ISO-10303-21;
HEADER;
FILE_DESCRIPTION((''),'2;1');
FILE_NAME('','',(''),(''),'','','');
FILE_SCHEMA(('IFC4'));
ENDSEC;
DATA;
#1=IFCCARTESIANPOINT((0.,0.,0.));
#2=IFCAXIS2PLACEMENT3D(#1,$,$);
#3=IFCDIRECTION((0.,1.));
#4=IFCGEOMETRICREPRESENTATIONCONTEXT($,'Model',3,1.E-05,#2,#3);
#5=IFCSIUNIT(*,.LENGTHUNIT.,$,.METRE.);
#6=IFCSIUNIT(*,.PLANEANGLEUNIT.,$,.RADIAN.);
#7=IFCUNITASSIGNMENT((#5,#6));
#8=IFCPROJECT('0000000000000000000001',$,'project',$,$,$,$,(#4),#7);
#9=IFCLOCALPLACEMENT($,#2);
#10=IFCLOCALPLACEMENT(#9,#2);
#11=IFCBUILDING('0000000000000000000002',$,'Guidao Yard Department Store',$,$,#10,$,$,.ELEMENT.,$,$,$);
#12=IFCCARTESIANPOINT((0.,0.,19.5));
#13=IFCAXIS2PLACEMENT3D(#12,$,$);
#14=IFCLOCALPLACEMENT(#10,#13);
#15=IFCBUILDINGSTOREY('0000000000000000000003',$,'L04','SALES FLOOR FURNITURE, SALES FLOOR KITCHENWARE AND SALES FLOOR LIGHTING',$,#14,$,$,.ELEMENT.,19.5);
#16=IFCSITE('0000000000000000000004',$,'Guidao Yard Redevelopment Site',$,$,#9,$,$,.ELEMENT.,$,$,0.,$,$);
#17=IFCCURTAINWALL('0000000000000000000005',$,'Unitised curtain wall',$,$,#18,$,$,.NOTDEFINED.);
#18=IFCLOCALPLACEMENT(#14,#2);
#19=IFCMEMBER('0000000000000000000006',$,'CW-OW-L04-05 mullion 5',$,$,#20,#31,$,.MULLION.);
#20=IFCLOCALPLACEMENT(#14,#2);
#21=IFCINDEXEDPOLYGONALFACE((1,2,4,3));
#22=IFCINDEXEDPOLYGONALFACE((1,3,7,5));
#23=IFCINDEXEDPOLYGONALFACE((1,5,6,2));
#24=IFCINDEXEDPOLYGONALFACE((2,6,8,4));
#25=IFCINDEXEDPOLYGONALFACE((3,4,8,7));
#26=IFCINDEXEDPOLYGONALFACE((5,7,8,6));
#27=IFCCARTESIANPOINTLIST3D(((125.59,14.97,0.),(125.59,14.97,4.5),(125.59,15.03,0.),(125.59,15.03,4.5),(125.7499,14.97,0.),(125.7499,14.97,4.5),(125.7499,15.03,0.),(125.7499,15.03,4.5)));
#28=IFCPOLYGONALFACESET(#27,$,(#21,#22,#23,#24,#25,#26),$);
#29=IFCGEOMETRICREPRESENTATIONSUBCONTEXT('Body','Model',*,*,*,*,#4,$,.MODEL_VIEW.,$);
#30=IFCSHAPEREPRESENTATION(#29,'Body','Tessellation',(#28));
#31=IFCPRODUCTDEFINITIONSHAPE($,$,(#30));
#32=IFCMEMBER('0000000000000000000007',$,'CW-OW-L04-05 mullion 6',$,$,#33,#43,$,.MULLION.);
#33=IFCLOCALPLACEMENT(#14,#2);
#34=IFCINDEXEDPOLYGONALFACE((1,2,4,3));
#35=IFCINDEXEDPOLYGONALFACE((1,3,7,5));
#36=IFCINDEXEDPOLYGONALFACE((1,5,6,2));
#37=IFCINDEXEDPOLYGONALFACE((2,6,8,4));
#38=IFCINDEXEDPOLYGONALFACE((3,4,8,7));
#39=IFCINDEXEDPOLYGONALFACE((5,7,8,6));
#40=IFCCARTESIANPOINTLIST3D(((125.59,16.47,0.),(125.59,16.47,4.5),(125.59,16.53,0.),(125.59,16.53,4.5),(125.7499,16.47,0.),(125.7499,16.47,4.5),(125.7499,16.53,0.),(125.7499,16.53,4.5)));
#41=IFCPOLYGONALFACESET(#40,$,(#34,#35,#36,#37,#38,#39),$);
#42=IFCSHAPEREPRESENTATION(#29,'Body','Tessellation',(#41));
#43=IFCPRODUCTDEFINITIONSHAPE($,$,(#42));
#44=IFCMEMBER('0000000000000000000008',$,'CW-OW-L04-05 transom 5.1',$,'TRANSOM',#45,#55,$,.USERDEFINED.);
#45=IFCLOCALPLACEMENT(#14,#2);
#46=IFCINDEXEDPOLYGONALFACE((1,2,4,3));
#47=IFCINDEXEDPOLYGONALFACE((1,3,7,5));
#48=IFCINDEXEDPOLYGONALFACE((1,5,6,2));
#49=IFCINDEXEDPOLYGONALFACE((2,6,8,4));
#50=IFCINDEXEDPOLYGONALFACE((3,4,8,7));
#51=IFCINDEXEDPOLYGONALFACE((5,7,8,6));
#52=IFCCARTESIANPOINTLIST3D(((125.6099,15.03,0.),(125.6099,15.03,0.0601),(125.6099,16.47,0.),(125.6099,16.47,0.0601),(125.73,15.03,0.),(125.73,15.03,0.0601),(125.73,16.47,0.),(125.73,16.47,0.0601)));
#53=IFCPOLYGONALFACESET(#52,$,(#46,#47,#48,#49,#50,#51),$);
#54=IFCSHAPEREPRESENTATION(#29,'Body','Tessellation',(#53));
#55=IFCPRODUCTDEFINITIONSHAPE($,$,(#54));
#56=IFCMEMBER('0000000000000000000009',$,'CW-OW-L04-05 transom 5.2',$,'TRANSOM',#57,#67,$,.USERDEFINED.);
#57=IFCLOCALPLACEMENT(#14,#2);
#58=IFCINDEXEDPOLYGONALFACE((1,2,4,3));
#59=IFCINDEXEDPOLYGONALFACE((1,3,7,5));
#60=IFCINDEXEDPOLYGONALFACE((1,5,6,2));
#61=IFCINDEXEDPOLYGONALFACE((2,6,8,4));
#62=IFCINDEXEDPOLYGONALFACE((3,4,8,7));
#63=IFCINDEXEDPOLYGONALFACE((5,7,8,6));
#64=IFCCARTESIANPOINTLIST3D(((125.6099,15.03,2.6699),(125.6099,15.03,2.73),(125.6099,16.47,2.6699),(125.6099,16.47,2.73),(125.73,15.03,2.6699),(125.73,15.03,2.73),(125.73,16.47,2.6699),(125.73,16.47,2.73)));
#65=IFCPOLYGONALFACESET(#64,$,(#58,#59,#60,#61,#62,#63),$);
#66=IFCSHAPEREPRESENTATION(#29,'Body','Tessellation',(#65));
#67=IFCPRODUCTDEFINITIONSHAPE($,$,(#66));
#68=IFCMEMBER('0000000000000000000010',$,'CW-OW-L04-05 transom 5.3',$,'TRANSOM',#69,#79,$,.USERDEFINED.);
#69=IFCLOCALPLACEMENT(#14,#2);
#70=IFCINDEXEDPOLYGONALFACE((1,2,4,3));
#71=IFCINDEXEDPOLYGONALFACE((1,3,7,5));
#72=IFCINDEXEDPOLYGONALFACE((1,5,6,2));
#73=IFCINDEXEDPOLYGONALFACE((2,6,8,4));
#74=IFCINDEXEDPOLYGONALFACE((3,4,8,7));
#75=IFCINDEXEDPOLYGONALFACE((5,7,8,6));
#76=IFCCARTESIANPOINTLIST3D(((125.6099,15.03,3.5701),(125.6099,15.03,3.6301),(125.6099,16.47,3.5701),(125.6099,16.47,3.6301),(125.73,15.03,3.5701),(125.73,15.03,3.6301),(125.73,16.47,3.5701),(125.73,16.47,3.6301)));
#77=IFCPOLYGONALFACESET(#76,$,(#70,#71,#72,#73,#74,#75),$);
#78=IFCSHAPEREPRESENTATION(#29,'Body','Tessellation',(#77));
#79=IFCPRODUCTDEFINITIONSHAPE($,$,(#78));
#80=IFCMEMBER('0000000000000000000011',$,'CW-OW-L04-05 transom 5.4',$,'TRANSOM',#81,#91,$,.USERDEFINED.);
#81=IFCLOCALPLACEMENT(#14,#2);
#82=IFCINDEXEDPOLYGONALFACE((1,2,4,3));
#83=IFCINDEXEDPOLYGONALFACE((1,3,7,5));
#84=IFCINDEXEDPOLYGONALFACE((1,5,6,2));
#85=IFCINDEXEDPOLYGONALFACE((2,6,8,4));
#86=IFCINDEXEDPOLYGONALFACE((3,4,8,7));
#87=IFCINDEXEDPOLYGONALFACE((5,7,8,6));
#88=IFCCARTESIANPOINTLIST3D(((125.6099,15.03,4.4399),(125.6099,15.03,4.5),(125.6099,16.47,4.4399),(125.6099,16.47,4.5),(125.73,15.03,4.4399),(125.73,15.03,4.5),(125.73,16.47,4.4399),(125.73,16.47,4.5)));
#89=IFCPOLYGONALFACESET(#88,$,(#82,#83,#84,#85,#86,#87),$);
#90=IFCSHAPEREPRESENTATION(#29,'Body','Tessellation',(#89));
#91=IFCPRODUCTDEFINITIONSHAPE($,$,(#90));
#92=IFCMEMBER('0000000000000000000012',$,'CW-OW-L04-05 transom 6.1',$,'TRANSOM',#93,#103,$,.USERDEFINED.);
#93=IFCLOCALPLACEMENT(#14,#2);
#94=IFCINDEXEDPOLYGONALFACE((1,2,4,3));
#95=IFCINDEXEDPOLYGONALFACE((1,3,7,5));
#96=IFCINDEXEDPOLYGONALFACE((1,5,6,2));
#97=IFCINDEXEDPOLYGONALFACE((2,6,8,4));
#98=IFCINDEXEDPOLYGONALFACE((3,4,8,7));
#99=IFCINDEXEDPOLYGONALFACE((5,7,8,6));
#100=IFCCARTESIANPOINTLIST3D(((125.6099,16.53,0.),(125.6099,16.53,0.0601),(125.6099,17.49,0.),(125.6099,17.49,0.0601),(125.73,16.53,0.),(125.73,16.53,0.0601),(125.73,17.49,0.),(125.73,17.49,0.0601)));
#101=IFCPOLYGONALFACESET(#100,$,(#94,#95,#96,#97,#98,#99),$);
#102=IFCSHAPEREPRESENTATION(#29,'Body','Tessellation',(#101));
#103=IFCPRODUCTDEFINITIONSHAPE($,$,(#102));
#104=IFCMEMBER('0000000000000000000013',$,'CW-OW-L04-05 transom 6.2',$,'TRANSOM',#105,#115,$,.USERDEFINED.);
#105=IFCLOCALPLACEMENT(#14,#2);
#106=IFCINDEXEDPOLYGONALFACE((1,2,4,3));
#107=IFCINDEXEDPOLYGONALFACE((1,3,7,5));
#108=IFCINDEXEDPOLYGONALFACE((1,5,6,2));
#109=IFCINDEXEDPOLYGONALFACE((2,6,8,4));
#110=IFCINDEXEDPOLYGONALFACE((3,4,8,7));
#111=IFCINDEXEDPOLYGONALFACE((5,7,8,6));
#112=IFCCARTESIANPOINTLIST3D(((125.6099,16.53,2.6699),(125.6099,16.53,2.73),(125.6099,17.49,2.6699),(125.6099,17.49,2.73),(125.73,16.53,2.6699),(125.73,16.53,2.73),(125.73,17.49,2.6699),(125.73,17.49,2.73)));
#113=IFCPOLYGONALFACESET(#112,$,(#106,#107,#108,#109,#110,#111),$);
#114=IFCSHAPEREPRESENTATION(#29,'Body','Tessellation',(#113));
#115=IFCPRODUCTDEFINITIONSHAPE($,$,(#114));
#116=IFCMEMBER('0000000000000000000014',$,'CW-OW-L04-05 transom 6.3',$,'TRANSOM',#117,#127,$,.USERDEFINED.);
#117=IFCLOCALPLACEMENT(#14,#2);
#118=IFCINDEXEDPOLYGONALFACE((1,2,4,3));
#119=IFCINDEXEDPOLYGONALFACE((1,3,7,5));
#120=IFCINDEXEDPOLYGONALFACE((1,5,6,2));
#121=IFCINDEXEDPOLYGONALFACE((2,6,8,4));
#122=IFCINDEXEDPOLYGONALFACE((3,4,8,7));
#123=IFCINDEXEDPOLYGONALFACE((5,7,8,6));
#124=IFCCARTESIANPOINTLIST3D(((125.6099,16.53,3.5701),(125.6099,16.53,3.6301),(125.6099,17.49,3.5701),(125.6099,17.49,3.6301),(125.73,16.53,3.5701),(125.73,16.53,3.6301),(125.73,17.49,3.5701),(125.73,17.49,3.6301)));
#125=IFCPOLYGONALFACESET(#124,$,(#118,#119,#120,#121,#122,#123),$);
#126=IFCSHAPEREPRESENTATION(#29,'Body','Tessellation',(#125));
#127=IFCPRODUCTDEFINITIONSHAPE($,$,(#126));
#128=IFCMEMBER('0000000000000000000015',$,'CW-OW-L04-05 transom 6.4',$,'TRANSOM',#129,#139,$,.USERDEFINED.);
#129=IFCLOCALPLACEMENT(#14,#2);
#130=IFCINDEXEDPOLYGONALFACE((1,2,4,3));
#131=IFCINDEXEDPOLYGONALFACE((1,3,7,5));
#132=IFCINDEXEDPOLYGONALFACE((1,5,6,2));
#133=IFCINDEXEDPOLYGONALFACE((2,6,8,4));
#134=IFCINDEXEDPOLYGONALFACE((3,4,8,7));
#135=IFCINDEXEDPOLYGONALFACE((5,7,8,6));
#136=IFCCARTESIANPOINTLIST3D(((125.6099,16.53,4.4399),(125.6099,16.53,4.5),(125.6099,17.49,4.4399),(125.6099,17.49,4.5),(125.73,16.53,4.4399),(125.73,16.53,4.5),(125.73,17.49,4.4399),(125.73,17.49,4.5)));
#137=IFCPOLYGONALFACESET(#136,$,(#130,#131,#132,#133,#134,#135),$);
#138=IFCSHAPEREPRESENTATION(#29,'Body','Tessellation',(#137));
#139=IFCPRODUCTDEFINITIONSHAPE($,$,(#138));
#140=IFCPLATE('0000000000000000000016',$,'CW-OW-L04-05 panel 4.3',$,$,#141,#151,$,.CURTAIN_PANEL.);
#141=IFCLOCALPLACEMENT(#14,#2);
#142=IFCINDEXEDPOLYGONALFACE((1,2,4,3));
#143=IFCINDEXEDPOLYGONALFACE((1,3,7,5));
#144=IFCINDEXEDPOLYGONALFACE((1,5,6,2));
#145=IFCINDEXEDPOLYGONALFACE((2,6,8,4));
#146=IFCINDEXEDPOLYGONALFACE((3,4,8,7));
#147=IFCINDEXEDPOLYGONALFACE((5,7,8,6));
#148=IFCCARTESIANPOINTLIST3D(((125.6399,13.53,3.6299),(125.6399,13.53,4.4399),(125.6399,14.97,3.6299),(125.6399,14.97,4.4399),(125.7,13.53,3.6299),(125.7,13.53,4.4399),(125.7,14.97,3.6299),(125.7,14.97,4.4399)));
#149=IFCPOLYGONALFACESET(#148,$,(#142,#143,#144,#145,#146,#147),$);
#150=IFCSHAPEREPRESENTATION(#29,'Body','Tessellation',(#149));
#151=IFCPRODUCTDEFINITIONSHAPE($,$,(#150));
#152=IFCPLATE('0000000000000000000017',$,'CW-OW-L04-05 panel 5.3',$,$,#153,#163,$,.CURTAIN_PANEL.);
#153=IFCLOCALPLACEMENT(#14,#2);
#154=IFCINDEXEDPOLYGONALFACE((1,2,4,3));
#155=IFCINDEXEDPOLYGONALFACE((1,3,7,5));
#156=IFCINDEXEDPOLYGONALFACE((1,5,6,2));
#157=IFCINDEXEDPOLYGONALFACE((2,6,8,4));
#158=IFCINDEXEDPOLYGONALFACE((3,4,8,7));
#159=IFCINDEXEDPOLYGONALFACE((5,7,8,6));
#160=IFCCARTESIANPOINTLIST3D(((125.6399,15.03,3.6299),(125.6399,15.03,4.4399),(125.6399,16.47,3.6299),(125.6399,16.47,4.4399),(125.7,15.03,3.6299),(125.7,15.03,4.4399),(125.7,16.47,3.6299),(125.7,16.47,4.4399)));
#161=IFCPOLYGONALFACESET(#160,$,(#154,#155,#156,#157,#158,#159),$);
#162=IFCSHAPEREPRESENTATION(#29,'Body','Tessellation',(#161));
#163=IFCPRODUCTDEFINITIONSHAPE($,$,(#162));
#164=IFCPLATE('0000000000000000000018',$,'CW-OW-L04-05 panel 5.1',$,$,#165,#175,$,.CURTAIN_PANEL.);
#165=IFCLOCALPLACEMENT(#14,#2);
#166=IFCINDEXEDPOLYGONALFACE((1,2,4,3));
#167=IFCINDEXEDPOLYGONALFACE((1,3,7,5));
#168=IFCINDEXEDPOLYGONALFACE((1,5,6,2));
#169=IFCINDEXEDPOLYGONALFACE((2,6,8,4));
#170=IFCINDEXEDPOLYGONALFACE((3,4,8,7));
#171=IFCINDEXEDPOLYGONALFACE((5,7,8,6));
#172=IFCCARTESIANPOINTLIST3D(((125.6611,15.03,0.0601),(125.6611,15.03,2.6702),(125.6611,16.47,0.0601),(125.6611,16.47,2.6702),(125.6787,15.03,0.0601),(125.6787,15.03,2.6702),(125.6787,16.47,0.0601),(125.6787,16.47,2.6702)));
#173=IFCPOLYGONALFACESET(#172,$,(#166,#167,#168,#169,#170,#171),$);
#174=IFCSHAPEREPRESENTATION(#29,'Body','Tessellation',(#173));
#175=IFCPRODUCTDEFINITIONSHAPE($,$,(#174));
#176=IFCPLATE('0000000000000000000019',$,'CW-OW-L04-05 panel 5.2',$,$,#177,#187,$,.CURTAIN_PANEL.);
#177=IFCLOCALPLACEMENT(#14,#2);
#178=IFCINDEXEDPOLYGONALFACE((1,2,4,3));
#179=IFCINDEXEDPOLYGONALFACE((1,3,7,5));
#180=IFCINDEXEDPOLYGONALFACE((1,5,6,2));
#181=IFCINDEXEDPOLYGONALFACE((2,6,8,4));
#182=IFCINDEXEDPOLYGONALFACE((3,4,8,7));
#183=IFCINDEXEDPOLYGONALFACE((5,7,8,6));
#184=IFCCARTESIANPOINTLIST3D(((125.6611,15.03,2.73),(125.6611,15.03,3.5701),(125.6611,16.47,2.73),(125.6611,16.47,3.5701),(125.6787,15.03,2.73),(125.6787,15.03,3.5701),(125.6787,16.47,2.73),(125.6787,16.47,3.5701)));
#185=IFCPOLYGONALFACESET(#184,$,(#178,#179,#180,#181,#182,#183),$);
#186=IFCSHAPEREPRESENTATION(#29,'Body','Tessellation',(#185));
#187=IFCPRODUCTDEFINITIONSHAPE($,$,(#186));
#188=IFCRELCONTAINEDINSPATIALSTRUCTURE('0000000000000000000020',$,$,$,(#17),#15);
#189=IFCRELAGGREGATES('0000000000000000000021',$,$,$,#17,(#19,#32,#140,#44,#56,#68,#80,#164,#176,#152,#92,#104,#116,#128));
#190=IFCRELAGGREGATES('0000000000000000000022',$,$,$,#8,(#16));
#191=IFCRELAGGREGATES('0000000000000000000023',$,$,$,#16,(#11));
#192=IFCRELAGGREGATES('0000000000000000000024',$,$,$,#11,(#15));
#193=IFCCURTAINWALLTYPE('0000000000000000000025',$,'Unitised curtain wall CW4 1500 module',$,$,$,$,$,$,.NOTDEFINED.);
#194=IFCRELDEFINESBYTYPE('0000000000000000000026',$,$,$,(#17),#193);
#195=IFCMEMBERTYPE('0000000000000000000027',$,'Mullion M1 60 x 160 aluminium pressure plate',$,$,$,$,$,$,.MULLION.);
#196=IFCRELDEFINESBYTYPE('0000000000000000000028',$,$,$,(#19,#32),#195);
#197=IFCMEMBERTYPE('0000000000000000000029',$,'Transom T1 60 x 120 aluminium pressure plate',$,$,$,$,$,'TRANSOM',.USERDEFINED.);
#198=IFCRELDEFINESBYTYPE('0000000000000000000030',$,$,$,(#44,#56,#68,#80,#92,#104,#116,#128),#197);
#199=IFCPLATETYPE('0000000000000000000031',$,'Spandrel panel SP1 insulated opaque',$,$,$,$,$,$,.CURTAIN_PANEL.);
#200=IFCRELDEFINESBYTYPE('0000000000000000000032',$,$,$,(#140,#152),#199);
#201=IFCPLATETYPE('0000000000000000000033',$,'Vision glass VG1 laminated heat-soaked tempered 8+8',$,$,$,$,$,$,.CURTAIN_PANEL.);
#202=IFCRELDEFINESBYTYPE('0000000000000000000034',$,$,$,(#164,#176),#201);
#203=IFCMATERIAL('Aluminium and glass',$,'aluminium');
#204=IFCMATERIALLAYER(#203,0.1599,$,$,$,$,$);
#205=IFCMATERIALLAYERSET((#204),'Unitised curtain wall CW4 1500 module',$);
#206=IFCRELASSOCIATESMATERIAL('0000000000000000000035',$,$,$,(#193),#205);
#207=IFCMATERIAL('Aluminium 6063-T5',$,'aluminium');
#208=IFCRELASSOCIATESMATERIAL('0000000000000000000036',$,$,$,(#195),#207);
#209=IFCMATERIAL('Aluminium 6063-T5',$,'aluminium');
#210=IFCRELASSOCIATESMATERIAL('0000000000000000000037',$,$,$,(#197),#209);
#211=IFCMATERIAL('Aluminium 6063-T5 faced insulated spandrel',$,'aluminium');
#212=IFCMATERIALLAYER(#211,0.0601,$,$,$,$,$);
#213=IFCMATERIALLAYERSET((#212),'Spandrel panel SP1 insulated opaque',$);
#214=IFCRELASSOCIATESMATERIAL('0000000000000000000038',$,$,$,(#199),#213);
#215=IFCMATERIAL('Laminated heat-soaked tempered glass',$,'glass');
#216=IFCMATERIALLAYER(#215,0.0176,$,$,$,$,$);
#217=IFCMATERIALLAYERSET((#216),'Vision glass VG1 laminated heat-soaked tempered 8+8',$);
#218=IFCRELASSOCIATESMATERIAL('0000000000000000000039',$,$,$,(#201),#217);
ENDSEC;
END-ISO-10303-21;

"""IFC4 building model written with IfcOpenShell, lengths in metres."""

from ifc_helpers import new_model, si_unit, direction, frame, origin, origin_2d, place, context, subcontext, project, spatial, rectangle, extrude, material, layer, layer_set, material_profile, profile_set, type_object, element, aggregate, save


model = new_model("IFC4")

# Units and contexts
model_context = context("Model", 3, precision=1e-05, world=origin(), true_north=direction((0.0, 1.0)))
body_context = subcontext(model_context, "Body", "Model", "MODEL_VIEW")
ifc_project = project(units=[si_unit("LENGTHUNIT", "METRE"), si_unit("PLANEANGLEUNIT", "RADIAN")], contexts=[model_context])

# Site, building, storey
site_placement = place(None, origin())
site = spatial("IfcSite", under=ifc_project, at=site_placement, Name="Guidao Yard Redevelopment Site", CompositionType="ELEMENT", RefElevation=0.0)
building_placement = place(site_placement, origin())
building = spatial("IfcBuilding", under=site, at=building_placement, Name="Guidao Yard Department Store", CompositionType="ELEMENT")
storey_placement = place(building_placement, frame((0.0, 0.0, 19.5)))
storey = spatial("IfcBuildingStorey", under=building, at=storey_placement, Name="L04", Description="SALES FLOOR FURNITURE, SALES FLOOR KITCHENWARE AND SALES FLOOR LIGHTING", CompositionType="ELEMENT", Elevation=19.5)

# Curtain wall, members, plates
ifc_material_1 = material(Name="Aluminium and glass", Category="aluminium")
ifc_layer_1 = layer(ifc_material_1, 0.1599)
ifc_layer_set_1 = layer_set([ifc_layer_1], Name="Unitised curtain wall CW4 1500 module")
curtain_wall_type = type_object("IfcCurtainWallType", Name="Unitised curtain wall CW4 1500 module", PredefinedType="NOTDEFINED", material=ifc_layer_set_1)
curtain_wall_placement = place(storey_placement, origin())
curtain_wall = element("IfcCurtainWall", 1, at=curtain_wall_placement, inside=storey, type_object=curtain_wall_type, Name="Unitised curtain wall", PredefinedType="NOTDEFINED")
ifc_material_2 = material(Name="Aluminium 6063-T5", Category="aluminium")
ifc_material_profile_1 = material_profile(ifc_material_2, rectangle(XDim=0.0601, YDim=0.1599, at=origin_2d()), Name="Mullion M1 60 x 160 aluminium pressure plate")
ifc_profile_set_1 = profile_set([ifc_material_profile_1], Name="Aluminium 6063-T5")
member_type_1 = type_object("IfcMemberType", Name="Mullion M1 60 x 160 aluminium pressure plate", PredefinedType="MULLION", material=ifc_profile_set_1)
member_1_placement = place(storey_placement, frame((125.6699, 15.0, 0.0), z_axis=(0.0, 0.0, 1.0), x_axis=(0.0, 1.0, 0.0)))
member_1 = element("IfcMember", 2, at=member_1_placement, type_object=member_type_1, Name="CW-OW-L04-05 mullion 5", PredefinedType="MULLION", context=body_context, shape_type="SweptSolid", body=[
    extrude(rectangle(XDim=0.0601, YDim=0.1599, at=origin_2d()), origin(), (0.0, 0.0, 1.0), 4.5),
])
member_2_placement = place(storey_placement, frame((125.6699, 16.5, 0.0), z_axis=(0.0, 0.0, 1.0), x_axis=(0.0, 1.0, 0.0)))
member_2 = element("IfcMember", 3, at=member_2_placement, type_object=member_type_1, Name="CW-OW-L04-05 mullion 6", PredefinedType="MULLION", context=body_context, shape_type="SweptSolid", body=[
    extrude(rectangle(XDim=0.0601, YDim=0.1599, at=origin_2d()), origin(), (0.0, 0.0, 1.0), 4.5),
])
ifc_material_3 = material(Name="Aluminium 6063-T5", Category="aluminium")
ifc_material_profile_2 = material_profile(ifc_material_3, rectangle(XDim=0.1201, YDim=0.0601, at=origin_2d()), Name="Transom T1 60 x 120 aluminium pressure plate")
ifc_profile_set_2 = profile_set([ifc_material_profile_2], Name="Aluminium 6063-T5")
member_type_2 = type_object("IfcMemberType", Name="Transom T1 60 x 120 aluminium pressure plate", ElementType="TRANSOM", PredefinedType="USERDEFINED", material=ifc_profile_set_2)
member_3_placement = place(storey_placement, frame((125.6699, 15.03, 0.03), z_axis=(0.0, 1.0, 0.0), x_axis=(-1.0, 0.0, 0.0)))
member_3 = element("IfcMember", 4, at=member_3_placement, type_object=member_type_2, Name="CW-OW-L04-05 transom 5.1", ObjectType="TRANSOM", PredefinedType="USERDEFINED", context=body_context, shape_type="SweptSolid", body=[
    extrude(rectangle(XDim=0.1201, YDim=0.0601, at=origin_2d()), origin(), (0.0, 0.0, 1.0), 1.4399),
])
member_4_placement = place(storey_placement, frame((125.6699, 15.03, 2.7), z_axis=(0.0, 1.0, 0.0), x_axis=(-1.0, 0.0, 0.0)))
member_4 = element("IfcMember", 5, at=member_4_placement, type_object=member_type_2, Name="CW-OW-L04-05 transom 5.2", ObjectType="TRANSOM", PredefinedType="USERDEFINED", context=body_context, shape_type="SweptSolid", body=[
    extrude(rectangle(XDim=0.1201, YDim=0.0601, at=origin_2d()), origin(), (0.0, 0.0, 1.0), 1.4399),
])
member_5_placement = place(storey_placement, frame((125.6699, 15.03, 3.6001), z_axis=(0.0, 1.0, 0.0), x_axis=(-1.0, 0.0, 0.0)))
member_5 = element("IfcMember", 6, at=member_5_placement, type_object=member_type_2, Name="CW-OW-L04-05 transom 5.3", ObjectType="TRANSOM", PredefinedType="USERDEFINED", context=body_context, shape_type="SweptSolid", body=[
    extrude(rectangle(XDim=0.1201, YDim=0.0601, at=origin_2d()), origin(), (0.0, 0.0, 1.0), 1.4399),
])
member_6_placement = place(storey_placement, frame((125.6699, 15.03, 4.47), z_axis=(0.0, 1.0, 0.0), x_axis=(-1.0, 0.0, 0.0)))
member_6 = element("IfcMember", 7, at=member_6_placement, type_object=member_type_2, Name="CW-OW-L04-05 transom 5.4", ObjectType="TRANSOM", PredefinedType="USERDEFINED", context=body_context, shape_type="SweptSolid", body=[
    extrude(rectangle(XDim=0.1201, YDim=0.0601, at=origin_2d()), origin(), (0.0, 0.0, 1.0), 1.4399),
])
member_7_placement = place(storey_placement, frame((125.6699, 16.53, 0.03), z_axis=(0.0, 1.0, 0.0), x_axis=(-1.0, 0.0, 0.0)))
member_7 = element("IfcMember", 8, at=member_7_placement, type_object=member_type_2, Name="CW-OW-L04-05 transom 6.1", ObjectType="TRANSOM", PredefinedType="USERDEFINED", context=body_context, shape_type="SweptSolid", body=[
    extrude(rectangle(XDim=0.1201, YDim=0.0601, at=origin_2d()), origin(), (0.0, 0.0, 1.0), 0.96),
])
member_8_placement = place(storey_placement, frame((125.6699, 16.53, 2.7), z_axis=(0.0, 1.0, 0.0), x_axis=(-1.0, 0.0, 0.0)))
member_8 = element("IfcMember", 9, at=member_8_placement, type_object=member_type_2, Name="CW-OW-L04-05 transom 6.2", ObjectType="TRANSOM", PredefinedType="USERDEFINED", context=body_context, shape_type="SweptSolid", body=[
    extrude(rectangle(XDim=0.1201, YDim=0.0601, at=origin_2d()), origin(), (0.0, 0.0, 1.0), 0.96),
])
member_9_placement = place(storey_placement, frame((125.6699, 16.53, 3.6001), z_axis=(0.0, 1.0, 0.0), x_axis=(-1.0, 0.0, 0.0)))
member_9 = element("IfcMember", 10, at=member_9_placement, type_object=member_type_2, Name="CW-OW-L04-05 transom 6.3", ObjectType="TRANSOM", PredefinedType="USERDEFINED", context=body_context, shape_type="SweptSolid", body=[
    extrude(rectangle(XDim=0.1201, YDim=0.0601, at=origin_2d()), origin(), (0.0, 0.0, 1.0), 0.96),
])
member_10_placement = place(storey_placement, frame((125.6699, 16.53, 4.47), z_axis=(0.0, 1.0, 0.0), x_axis=(-1.0, 0.0, 0.0)))
member_10 = element("IfcMember", 11, at=member_10_placement, type_object=member_type_2, Name="CW-OW-L04-05 transom 6.4", ObjectType="TRANSOM", PredefinedType="USERDEFINED", context=body_context, shape_type="SweptSolid", body=[
    extrude(rectangle(XDim=0.1201, YDim=0.0601, at=origin_2d()), origin(), (0.0, 0.0, 1.0), 0.96),
])
ifc_material_4 = material(Name="Aluminium 6063-T5 faced insulated spandrel", Category="aluminium")
ifc_layer_2 = layer(ifc_material_4, 0.0601)
ifc_layer_set_2 = layer_set([ifc_layer_2], Name="Spandrel panel SP1 insulated opaque")
plate_type_1 = type_object("IfcPlateType", Name="Spandrel panel SP1 insulated opaque", PredefinedType="CURTAIN_PANEL", material=ifc_layer_set_2)
plate_1_placement = place(storey_placement, frame((125.6699, 14.25, 3.6299), z_axis=(0.0, 0.0, 1.0), x_axis=(0.0, 1.0, 0.0)))
plate_1 = element("IfcPlate", 12, at=plate_1_placement, type_object=plate_type_1, Name="CW-OW-L04-05 panel 4.3", PredefinedType="CURTAIN_PANEL", context=body_context, shape_type="SweptSolid", body=[
    extrude(rectangle(XDim=1.4399, YDim=0.0601, at=origin_2d()), origin(), (0.0, 0.0, 1.0), 0.8101),
])
plate_2_placement = place(storey_placement, frame((125.6699, 15.75, 3.6299), z_axis=(0.0, 0.0, 1.0), x_axis=(0.0, 1.0, 0.0)))
plate_2 = element("IfcPlate", 13, at=plate_2_placement, type_object=plate_type_1, Name="CW-OW-L04-05 panel 5.3", PredefinedType="CURTAIN_PANEL", context=body_context, shape_type="SweptSolid", body=[
    extrude(rectangle(XDim=1.4399, YDim=0.0601, at=origin_2d()), origin(), (0.0, 0.0, 1.0), 0.8101),
])
ifc_material_5 = material(Name="Laminated heat-soaked tempered glass", Category="glass")
ifc_layer_3 = layer(ifc_material_5, 0.0176)
ifc_layer_set_3 = layer_set([ifc_layer_3], Name="Vision glass VG1 laminated heat-soaked tempered 8+8")
plate_type_2 = type_object("IfcPlateType", Name="Vision glass VG1 laminated heat-soaked tempered 8+8", PredefinedType="CURTAIN_PANEL", material=ifc_layer_set_3)
plate_3_placement = place(storey_placement, frame((125.6699, 15.75, 0.0601), z_axis=(0.0, 0.0, 1.0), x_axis=(0.0, 1.0, 0.0)))
plate_3 = element("IfcPlate", 14, at=plate_3_placement, type_object=plate_type_2, Name="CW-OW-L04-05 panel 5.1", PredefinedType="CURTAIN_PANEL", context=body_context, shape_type="SweptSolid", body=[
    extrude(rectangle(XDim=1.4399, YDim=0.0176, at=origin_2d()), origin(), (0.0, 0.0, 1.0), 2.6101),
])
plate_4_placement = place(storey_placement, frame((125.6699, 15.75, 2.73), z_axis=(0.0, 0.0, 1.0), x_axis=(0.0, 1.0, 0.0)))
plate_4 = element("IfcPlate", 15, at=plate_4_placement, type_object=plate_type_2, Name="CW-OW-L04-05 panel 5.2", PredefinedType="CURTAIN_PANEL", context=body_context, shape_type="SweptSolid", body=[
    extrude(rectangle(XDim=1.4399, YDim=0.0176, at=origin_2d()), origin(), (0.0, 0.0, 1.0), 0.8401),
])
aggregate(curtain_wall, [member_1, member_2, plate_1, member_3, member_4, member_5, member_6, plate_3, plate_4, plate_2, member_7, member_8, member_9, member_10])

save(model, "model.ifc")
